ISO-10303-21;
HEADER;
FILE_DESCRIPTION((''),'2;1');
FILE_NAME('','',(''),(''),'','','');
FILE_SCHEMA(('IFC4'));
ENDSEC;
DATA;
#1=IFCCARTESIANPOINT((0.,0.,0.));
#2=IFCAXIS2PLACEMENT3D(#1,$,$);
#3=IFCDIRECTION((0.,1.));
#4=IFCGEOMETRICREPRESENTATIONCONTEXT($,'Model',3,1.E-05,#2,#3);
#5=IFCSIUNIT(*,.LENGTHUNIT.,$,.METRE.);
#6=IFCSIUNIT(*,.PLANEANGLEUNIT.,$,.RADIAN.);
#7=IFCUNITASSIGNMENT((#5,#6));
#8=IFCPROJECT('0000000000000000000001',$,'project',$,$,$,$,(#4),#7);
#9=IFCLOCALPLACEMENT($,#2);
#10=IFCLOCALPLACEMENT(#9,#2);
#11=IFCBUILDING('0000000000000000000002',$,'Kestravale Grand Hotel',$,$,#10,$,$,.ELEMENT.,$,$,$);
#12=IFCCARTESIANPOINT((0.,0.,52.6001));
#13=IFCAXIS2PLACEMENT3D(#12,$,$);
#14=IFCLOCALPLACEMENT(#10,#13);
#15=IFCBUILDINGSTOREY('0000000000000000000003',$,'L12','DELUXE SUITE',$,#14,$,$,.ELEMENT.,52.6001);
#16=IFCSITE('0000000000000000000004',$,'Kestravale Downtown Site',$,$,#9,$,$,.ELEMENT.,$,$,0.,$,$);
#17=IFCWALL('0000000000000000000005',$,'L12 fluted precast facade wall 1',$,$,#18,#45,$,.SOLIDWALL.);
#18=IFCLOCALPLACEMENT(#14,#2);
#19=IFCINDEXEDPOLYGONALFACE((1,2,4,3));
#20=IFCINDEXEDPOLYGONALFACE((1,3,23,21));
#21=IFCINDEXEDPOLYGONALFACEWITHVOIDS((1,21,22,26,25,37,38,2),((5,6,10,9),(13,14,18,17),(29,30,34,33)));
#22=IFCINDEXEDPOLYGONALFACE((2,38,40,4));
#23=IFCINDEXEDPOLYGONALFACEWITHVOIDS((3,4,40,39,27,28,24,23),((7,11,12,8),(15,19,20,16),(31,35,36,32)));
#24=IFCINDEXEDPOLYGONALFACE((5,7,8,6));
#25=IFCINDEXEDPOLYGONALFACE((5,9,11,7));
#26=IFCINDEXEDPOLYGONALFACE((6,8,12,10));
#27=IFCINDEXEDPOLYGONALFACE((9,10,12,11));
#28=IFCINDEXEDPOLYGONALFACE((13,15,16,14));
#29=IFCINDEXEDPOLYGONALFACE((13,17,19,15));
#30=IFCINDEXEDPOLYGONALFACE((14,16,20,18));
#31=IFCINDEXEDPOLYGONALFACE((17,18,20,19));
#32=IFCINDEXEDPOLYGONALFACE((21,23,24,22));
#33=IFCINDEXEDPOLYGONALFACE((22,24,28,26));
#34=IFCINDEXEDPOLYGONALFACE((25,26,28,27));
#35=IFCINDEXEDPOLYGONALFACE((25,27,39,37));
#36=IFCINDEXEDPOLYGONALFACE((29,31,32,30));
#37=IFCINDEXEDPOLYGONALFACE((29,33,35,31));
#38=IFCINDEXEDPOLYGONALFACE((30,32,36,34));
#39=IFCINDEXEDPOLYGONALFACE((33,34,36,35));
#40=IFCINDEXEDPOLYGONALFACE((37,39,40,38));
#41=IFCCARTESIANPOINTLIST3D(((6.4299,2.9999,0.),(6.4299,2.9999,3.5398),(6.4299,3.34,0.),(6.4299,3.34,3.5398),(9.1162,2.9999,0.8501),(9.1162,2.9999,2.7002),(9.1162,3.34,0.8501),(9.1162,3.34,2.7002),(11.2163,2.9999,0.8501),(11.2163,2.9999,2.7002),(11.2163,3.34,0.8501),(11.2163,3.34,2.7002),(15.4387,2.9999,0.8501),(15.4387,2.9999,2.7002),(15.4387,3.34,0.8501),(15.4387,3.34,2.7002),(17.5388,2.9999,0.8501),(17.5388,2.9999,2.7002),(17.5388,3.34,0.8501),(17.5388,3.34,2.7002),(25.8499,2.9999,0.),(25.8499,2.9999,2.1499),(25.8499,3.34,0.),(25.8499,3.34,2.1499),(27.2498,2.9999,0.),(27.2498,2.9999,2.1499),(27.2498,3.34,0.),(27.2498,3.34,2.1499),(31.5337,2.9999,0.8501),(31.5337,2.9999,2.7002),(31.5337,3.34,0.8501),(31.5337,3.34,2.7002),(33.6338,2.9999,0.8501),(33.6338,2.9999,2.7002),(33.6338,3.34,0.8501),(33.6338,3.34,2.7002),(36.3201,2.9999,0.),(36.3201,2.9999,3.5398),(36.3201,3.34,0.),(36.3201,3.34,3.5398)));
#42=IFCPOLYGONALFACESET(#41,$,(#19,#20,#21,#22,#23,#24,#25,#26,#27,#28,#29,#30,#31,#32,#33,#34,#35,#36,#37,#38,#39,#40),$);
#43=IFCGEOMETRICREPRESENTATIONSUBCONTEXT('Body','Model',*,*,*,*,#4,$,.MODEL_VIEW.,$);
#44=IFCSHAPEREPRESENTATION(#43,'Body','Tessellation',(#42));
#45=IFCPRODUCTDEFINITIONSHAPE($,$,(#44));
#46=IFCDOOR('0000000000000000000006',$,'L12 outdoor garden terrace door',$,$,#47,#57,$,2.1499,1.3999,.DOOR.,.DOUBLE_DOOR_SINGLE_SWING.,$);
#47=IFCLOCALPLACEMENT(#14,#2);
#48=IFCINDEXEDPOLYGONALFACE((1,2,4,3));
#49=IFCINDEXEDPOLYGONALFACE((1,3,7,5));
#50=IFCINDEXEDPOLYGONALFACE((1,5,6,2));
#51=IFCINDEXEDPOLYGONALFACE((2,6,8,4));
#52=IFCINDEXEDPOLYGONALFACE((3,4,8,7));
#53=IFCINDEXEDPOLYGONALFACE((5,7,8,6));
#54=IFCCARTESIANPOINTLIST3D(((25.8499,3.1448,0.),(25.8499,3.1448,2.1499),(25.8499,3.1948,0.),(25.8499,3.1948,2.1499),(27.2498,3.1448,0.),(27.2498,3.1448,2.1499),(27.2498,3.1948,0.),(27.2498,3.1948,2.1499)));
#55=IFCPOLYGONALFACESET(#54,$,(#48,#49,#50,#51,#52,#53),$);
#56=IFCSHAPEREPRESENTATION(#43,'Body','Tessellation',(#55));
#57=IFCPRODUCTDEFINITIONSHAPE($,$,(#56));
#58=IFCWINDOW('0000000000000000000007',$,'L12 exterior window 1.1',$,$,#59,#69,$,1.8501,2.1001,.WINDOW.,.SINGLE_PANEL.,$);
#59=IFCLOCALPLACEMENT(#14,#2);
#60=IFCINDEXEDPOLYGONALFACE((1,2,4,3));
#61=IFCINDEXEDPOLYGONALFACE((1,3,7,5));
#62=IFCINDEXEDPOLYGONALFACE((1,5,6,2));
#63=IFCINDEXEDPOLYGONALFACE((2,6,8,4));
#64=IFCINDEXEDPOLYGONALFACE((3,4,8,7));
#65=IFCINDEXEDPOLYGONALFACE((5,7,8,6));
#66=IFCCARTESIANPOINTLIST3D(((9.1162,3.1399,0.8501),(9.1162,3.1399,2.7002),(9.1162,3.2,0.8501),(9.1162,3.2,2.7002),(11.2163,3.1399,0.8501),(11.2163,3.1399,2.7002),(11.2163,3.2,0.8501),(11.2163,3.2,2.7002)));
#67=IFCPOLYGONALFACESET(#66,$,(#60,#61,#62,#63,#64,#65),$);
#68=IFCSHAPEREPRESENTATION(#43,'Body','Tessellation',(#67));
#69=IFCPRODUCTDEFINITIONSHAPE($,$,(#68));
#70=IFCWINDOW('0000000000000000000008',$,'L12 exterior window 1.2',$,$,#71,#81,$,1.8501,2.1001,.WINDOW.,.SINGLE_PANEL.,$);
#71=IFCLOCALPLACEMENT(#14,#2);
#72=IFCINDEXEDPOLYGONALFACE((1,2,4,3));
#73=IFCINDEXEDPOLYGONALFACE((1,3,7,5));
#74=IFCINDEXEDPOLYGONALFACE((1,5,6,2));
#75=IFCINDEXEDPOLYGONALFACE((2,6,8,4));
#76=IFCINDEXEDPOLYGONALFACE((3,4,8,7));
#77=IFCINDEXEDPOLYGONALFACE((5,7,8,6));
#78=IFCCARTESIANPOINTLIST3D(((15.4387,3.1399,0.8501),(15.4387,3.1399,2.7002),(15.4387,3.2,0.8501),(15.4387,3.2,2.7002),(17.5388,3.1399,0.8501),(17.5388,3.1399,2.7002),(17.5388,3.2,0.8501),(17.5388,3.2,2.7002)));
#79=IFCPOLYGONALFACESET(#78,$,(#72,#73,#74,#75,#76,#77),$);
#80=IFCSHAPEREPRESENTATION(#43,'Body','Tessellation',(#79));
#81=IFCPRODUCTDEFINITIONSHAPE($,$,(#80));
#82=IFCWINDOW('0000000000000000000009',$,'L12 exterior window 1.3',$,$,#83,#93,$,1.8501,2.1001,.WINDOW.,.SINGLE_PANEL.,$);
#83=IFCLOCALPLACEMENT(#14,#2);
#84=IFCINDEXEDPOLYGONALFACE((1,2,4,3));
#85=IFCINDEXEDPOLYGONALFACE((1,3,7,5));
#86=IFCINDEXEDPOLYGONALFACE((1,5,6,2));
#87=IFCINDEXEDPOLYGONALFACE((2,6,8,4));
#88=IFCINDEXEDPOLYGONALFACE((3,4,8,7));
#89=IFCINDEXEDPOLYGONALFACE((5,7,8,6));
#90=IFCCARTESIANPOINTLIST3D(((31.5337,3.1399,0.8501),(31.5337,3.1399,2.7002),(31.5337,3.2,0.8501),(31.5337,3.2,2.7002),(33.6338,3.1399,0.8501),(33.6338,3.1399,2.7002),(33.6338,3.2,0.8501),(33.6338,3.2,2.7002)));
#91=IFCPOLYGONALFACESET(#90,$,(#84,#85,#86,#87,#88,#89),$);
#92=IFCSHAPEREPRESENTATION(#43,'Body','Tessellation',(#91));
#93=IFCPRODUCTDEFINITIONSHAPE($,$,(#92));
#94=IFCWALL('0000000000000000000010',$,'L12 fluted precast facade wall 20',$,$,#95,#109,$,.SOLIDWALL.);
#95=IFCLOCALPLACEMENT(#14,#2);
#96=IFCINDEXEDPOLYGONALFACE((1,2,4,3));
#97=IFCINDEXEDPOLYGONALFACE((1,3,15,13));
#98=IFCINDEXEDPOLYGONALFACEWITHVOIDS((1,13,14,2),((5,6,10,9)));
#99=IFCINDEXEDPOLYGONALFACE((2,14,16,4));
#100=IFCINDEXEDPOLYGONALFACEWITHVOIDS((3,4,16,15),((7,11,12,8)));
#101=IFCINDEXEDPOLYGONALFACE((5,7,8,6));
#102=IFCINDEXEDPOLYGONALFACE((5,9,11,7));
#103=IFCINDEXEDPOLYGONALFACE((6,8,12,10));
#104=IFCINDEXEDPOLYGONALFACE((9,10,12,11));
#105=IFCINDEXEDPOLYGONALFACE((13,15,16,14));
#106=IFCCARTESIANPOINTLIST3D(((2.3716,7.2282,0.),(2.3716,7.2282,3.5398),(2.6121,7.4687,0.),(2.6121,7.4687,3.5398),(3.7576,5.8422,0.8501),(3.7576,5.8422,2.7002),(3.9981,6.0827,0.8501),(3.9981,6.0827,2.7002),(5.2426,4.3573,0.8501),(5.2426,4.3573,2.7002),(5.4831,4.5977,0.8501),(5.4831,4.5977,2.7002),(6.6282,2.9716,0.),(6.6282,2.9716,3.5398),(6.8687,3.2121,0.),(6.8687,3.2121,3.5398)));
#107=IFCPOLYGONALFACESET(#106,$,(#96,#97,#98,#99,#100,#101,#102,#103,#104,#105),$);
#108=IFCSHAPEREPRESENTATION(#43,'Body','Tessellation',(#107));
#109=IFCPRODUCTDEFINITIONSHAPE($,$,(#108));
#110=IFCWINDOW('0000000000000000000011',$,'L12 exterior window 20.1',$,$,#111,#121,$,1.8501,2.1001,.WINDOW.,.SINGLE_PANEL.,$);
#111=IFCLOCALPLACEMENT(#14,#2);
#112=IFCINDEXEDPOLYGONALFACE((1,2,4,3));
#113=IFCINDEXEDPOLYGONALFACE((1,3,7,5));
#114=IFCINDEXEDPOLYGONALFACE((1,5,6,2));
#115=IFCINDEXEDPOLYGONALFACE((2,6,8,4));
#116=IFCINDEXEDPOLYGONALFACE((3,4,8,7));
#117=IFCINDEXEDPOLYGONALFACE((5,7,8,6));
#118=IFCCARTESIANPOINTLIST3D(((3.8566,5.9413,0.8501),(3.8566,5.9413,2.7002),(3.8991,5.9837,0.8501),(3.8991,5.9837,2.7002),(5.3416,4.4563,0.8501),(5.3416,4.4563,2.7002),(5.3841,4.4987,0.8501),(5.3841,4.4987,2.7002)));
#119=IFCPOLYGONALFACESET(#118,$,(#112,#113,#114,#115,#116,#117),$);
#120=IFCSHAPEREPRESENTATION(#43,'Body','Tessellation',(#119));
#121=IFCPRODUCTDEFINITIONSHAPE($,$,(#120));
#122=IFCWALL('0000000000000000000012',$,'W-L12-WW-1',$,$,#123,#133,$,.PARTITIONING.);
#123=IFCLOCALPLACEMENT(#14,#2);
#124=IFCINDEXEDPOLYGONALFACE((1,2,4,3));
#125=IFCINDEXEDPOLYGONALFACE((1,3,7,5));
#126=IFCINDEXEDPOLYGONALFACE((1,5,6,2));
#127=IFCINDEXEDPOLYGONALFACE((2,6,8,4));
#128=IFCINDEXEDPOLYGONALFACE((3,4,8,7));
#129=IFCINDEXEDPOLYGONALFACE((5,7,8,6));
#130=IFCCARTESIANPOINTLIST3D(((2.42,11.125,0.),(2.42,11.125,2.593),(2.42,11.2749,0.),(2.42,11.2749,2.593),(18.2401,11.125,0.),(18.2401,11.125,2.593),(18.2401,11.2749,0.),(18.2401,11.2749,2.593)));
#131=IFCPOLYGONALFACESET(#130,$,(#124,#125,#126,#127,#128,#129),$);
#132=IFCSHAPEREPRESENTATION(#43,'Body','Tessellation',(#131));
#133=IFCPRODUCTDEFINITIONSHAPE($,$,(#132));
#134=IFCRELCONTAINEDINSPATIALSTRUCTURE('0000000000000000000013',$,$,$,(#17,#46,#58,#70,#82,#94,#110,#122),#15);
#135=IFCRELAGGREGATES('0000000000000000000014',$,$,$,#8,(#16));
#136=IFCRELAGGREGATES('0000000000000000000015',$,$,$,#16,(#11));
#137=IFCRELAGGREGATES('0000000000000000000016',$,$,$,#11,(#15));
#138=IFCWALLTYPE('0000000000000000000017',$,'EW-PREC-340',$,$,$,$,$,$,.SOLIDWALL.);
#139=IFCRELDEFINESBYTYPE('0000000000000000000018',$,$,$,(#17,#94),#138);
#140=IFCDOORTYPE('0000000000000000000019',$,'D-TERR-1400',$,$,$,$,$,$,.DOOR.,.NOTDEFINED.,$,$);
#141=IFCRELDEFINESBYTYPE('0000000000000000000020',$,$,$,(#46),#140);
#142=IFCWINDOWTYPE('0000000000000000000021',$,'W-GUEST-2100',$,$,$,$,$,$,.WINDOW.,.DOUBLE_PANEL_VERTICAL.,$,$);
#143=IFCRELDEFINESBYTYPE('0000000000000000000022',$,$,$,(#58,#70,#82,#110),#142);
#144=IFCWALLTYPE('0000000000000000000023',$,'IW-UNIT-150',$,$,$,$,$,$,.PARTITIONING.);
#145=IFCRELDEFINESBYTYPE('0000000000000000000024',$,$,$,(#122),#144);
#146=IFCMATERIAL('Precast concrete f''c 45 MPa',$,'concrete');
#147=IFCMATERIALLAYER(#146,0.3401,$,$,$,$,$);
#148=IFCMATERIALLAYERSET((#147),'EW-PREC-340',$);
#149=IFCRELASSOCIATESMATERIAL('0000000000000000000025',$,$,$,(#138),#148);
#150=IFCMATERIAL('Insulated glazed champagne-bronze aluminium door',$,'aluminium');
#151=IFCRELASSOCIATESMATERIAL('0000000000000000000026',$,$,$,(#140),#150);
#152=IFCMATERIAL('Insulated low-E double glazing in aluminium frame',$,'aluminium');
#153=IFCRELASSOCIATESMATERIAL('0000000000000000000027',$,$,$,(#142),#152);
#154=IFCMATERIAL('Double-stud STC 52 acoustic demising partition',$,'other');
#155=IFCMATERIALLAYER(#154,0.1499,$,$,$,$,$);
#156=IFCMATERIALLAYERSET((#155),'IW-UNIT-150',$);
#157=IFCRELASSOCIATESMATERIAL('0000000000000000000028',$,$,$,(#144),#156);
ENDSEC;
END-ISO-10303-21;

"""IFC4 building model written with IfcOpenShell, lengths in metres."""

from ifc_helpers import new_model, si_unit, direction, frame, frame_2d, origin, place, context, subcontext, project, spatial, rectangle, extrude, material, layer, layer_set, type_object, element, fill, save


model = new_model("IFC4")

# Units and contexts
model_context = context("Model", 3, precision=1e-05, world=origin(), true_north=direction((0.0, 1.0)))
body_context = subcontext(model_context, "Body", "Model", "MODEL_VIEW")
ifc_project = project(units=[si_unit("LENGTHUNIT", "METRE"), si_unit("PLANEANGLEUNIT", "RADIAN")], contexts=[model_context])

# Site, building, storey
site_placement = place(None, origin())
site = spatial("IfcSite", under=ifc_project, at=site_placement, Name="Kestravale Downtown Site", CompositionType="ELEMENT", RefElevation=0.0)
building_placement = place(site_placement, origin())
building = spatial("IfcBuilding", under=site, at=building_placement, Name="Kestravale Grand Hotel", CompositionType="ELEMENT")
storey_placement = place(building_placement, frame((0.0, 0.0, 52.6001)))
storey = spatial("IfcBuildingStorey", under=building, at=storey_placement, Name="L12", Description="DELUXE SUITE", CompositionType="ELEMENT", Elevation=52.6001)

# Wall, openings, door, windows
ifc_material_1 = material(Name="Precast concrete f'c 45 MPa", Category="concrete")
ifc_layer_1 = layer(ifc_material_1, 0.3401)
ifc_layer_set_1 = layer_set([ifc_layer_1], Name="EW-PREC-340")
wall_type_1 = type_object("IfcWallType", Name="EW-PREC-340", PredefinedType="SOLIDWALL", material=ifc_layer_set_1)
wall_1_placement = place(storey_placement, frame((6.4299, 3.1699, 0.0), z_axis=(0.0, 0.0, 1.0), x_axis=(1.0, 0.0, 0.0)))
wall_1 = element("IfcWall", 1, at=wall_1_placement, inside=storey, type_object=wall_type_1, Name="L12 fluted precast facade wall 1", PredefinedType="SOLIDWALL", context=body_context, shape_type="SweptSolid", body=[
    extrude(rectangle(XDim=29.8901, YDim=0.3401, at=frame_2d((14.9451, 0.0))), origin(), (0.0, 0.0, 1.0), 3.5398),
])
opening_1_placement = place(wall_1_placement, frame((19.4199, 0.0, 0.0)))
opening_1 = element("IfcOpeningElement", 2, at=opening_1_placement, cuts=wall_1, PredefinedType="OPENING", context=body_context, shape_type="SweptSolid", body=[
    extrude(rectangle(XDim=1.3999, YDim=2.1499, at=frame_2d((0.7, 1.075))), frame((0.0, 0.1799, 0.0), z_axis=(0.0, -1.0, 0.0), x_axis=(1.0, 0.0, 0.0)), (0.0, 0.0, 1.0), 0.3601),
])
opening_2_placement = place(wall_1_placement, frame((2.6863, 0.0, 0.8501)))
opening_2 = element("IfcOpeningElement", 3, at=opening_2_placement, cuts=wall_1, PredefinedType="OPENING", context=body_context, shape_type="SweptSolid", body=[
    extrude(rectangle(XDim=2.1001, YDim=1.8501, at=frame_2d((1.05, 0.925))), frame((0.0, 0.1799, 0.0), z_axis=(0.0, -1.0, 0.0), x_axis=(1.0, 0.0, 0.0)), (0.0, 0.0, 1.0), 0.3601),
])
opening_3_placement = place(wall_1_placement, frame((9.0088, 0.0, 0.8501)))
opening_3 = element("IfcOpeningElement", 4, at=opening_3_placement, cuts=wall_1, PredefinedType="OPENING", context=body_context, shape_type="SweptSolid", body=[
    extrude(rectangle(XDim=2.1001, YDim=1.8501, at=frame_2d((1.05, 0.925))), frame((0.0, 0.1799, 0.0), z_axis=(0.0, -1.0, 0.0), x_axis=(1.0, 0.0, 0.0)), (0.0, 0.0, 1.0), 0.3601),
])
opening_4_placement = place(wall_1_placement, frame((25.1038, 0.0, 0.8501)))
opening_4 = element("IfcOpeningElement", 5, at=opening_4_placement, cuts=wall_1, PredefinedType="OPENING", context=body_context, shape_type="SweptSolid", body=[
    extrude(rectangle(XDim=2.1001, YDim=1.8501, at=frame_2d((1.05, 0.925))), frame((0.0, 0.1799, 0.0), z_axis=(0.0, -1.0, 0.0), x_axis=(1.0, 0.0, 0.0)), (0.0, 0.0, 1.0), 0.3601),
])
ifc_material_2 = material(Name="Insulated glazed champagne-bronze aluminium door", Category="aluminium")
door_type = type_object("IfcDoorType", Name="D-TERR-1400", OperationType="NOTDEFINED", PredefinedType="DOOR", material=ifc_material_2)
door_placement = place(opening_1_placement, origin())
door = element("IfcDoor", 6, at=door_placement, inside=storey, type_object=door_type, Name="L12 outdoor garden terrace door", OperationType="DOUBLE_DOOR_SINGLE_SWING", OverallHeight=2.1499, OverallWidth=1.3999, PredefinedType="DOOR", context=body_context, shape_type="SweptSolid", body=[
    extrude(rectangle(XDim=1.3999, YDim=2.1499, at=frame_2d((0.7, 1.075))), frame((0.0, 0.0249, 0.0), z_axis=(0.0, -1.0, 0.0), x_axis=(1.0, 0.0, 0.0)), (0.0, 0.0, 1.0), 0.05),
])
fill(opening_1, door)
ifc_material_3 = material(Name="Insulated low-E double glazing in aluminium frame", Category="aluminium")
window_type = type_object("IfcWindowType", Name="W-GUEST-2100", PartitioningType="DOUBLE_PANEL_VERTICAL", PredefinedType="WINDOW", material=ifc_material_3)
window_1_placement = place(opening_2_placement, origin())
window_1 = element("IfcWindow", 7, at=window_1_placement, inside=storey, type_object=window_type, Name="L12 exterior window 1.1", OverallHeight=1.8501, OverallWidth=2.1001, PartitioningType="SINGLE_PANEL", PredefinedType="WINDOW", context=body_context, shape_type="SweptSolid", body=[
    extrude(rectangle(XDim=2.1001, YDim=1.8501, at=frame_2d((1.05, 0.925))), frame((0.0, 0.03, 0.0), z_axis=(0.0, -1.0, 0.0), x_axis=(1.0, 0.0, 0.0)), (0.0, 0.0, 1.0), 0.0601),
])
fill(opening_2, window_1)
window_2_placement = place(opening_3_placement, origin())
window_2 = element("IfcWindow", 8, at=window_2_placement, inside=storey, type_object=window_type, Name="L12 exterior window 1.2", OverallHeight=1.8501, OverallWidth=2.1001, PartitioningType="SINGLE_PANEL", PredefinedType="WINDOW", context=body_context, shape_type="SweptSolid", body=[
    extrude(rectangle(XDim=2.1001, YDim=1.8501, at=frame_2d((1.05, 0.925))), frame((0.0, 0.03, 0.0), z_axis=(0.0, -1.0, 0.0), x_axis=(1.0, 0.0, 0.0)), (0.0, 0.0, 1.0), 0.0601),
])
fill(opening_3, window_2)
window_3_placement = place(opening_4_placement, origin())
window_3 = element("IfcWindow", 9, at=window_3_placement, inside=storey, type_object=window_type, Name="L12 exterior window 1.3", OverallHeight=1.8501, OverallWidth=2.1001, PartitioningType="SINGLE_PANEL", PredefinedType="WINDOW", context=body_context, shape_type="SweptSolid", body=[
    extrude(rectangle(XDim=2.1001, YDim=1.8501, at=frame_2d((1.05, 0.925))), frame((0.0, 0.03, 0.0), z_axis=(0.0, -1.0, 0.0), x_axis=(1.0, 0.0, 0.0)), (0.0, 0.0, 1.0), 0.0601),
])
fill(opening_4, window_3)

# Wall, opening, window
wall_2_placement = place(storey_placement, frame((2.4919, 7.3484, 0.0), z_axis=(0.0, 0.0, 1.0), x_axis=(0.707107, -0.707107, 0.0)))
wall_2 = element("IfcWall", 10, at=wall_2_placement, inside=storey, type_object=wall_type_1, Name="L12 fluted precast facade wall 20", PredefinedType="SOLIDWALL", context=body_context, shape_type="SweptSolid", body=[
    extrude(rectangle(XDim=6.0198, YDim=0.3401, at=frame_2d((3.0098, 0.0))), origin(), (0.0, 0.0, 1.0), 3.5398),
])
opening_5_placement = place(wall_2_placement, frame((1.96, 0.0, 0.8501)))
opening_5 = element("IfcOpeningElement", 11, at=opening_5_placement, cuts=wall_2, PredefinedType="OPENING", context=body_context, shape_type="SweptSolid", body=[
    extrude(rectangle(XDim=2.1001, YDim=1.8501, at=frame_2d((1.05, 0.925))), frame((0.0, 0.1799, 0.0), z_axis=(0.0, -1.0, 0.0), x_axis=(1.0, 0.0, 0.0)), (0.0, 0.0, 1.0), 0.3601),
])
window_4_placement = place(opening_5_placement, origin())
window_4 = element("IfcWindow", 12, at=window_4_placement, inside=storey, type_object=window_type, Name="L12 exterior window 20.1", OverallHeight=1.8501, OverallWidth=2.1001, PartitioningType="SINGLE_PANEL", PredefinedType="WINDOW", context=body_context, shape_type="SweptSolid", body=[
    extrude(rectangle(XDim=2.1001, YDim=1.8501, at=frame_2d((1.05, 0.925))), frame((0.0, 0.03, 0.0), z_axis=(0.0, -1.0, 0.0), x_axis=(1.0, 0.0, 0.0)), (0.0, 0.0, 1.0), 0.0601),
])
fill(opening_5, window_4)

# Wall
ifc_material_4 = material(Name="Double-stud STC 52 acoustic demising partition", Category="other")
ifc_layer_2 = layer(ifc_material_4, 0.1499)
ifc_layer_set_2 = layer_set([ifc_layer_2], Name="IW-UNIT-150")
wall_type_2 = type_object("IfcWallType", Name="IW-UNIT-150", PredefinedType="PARTITIONING", material=ifc_layer_set_2)
wall_3_placement = place(storey_placement, frame((2.4199, 11.2, 0.0), z_axis=(0.0, 0.0, 1.0), x_axis=(1.0, 0.0, 0.0)))
element("IfcWall", 13, at=wall_3_placement, inside=storey, type_object=wall_type_2, Name="W-L12-WW-1", PredefinedType="PARTITIONING", context=body_context, shape_type="SweptSolid", body=[
    extrude(rectangle(XDim=15.8201, YDim=0.1499, at=frame_2d((7.9102, 0.0))), origin(), (0.0, 0.0, 1.0), 2.593),
])

save(model, "model.ifc")
